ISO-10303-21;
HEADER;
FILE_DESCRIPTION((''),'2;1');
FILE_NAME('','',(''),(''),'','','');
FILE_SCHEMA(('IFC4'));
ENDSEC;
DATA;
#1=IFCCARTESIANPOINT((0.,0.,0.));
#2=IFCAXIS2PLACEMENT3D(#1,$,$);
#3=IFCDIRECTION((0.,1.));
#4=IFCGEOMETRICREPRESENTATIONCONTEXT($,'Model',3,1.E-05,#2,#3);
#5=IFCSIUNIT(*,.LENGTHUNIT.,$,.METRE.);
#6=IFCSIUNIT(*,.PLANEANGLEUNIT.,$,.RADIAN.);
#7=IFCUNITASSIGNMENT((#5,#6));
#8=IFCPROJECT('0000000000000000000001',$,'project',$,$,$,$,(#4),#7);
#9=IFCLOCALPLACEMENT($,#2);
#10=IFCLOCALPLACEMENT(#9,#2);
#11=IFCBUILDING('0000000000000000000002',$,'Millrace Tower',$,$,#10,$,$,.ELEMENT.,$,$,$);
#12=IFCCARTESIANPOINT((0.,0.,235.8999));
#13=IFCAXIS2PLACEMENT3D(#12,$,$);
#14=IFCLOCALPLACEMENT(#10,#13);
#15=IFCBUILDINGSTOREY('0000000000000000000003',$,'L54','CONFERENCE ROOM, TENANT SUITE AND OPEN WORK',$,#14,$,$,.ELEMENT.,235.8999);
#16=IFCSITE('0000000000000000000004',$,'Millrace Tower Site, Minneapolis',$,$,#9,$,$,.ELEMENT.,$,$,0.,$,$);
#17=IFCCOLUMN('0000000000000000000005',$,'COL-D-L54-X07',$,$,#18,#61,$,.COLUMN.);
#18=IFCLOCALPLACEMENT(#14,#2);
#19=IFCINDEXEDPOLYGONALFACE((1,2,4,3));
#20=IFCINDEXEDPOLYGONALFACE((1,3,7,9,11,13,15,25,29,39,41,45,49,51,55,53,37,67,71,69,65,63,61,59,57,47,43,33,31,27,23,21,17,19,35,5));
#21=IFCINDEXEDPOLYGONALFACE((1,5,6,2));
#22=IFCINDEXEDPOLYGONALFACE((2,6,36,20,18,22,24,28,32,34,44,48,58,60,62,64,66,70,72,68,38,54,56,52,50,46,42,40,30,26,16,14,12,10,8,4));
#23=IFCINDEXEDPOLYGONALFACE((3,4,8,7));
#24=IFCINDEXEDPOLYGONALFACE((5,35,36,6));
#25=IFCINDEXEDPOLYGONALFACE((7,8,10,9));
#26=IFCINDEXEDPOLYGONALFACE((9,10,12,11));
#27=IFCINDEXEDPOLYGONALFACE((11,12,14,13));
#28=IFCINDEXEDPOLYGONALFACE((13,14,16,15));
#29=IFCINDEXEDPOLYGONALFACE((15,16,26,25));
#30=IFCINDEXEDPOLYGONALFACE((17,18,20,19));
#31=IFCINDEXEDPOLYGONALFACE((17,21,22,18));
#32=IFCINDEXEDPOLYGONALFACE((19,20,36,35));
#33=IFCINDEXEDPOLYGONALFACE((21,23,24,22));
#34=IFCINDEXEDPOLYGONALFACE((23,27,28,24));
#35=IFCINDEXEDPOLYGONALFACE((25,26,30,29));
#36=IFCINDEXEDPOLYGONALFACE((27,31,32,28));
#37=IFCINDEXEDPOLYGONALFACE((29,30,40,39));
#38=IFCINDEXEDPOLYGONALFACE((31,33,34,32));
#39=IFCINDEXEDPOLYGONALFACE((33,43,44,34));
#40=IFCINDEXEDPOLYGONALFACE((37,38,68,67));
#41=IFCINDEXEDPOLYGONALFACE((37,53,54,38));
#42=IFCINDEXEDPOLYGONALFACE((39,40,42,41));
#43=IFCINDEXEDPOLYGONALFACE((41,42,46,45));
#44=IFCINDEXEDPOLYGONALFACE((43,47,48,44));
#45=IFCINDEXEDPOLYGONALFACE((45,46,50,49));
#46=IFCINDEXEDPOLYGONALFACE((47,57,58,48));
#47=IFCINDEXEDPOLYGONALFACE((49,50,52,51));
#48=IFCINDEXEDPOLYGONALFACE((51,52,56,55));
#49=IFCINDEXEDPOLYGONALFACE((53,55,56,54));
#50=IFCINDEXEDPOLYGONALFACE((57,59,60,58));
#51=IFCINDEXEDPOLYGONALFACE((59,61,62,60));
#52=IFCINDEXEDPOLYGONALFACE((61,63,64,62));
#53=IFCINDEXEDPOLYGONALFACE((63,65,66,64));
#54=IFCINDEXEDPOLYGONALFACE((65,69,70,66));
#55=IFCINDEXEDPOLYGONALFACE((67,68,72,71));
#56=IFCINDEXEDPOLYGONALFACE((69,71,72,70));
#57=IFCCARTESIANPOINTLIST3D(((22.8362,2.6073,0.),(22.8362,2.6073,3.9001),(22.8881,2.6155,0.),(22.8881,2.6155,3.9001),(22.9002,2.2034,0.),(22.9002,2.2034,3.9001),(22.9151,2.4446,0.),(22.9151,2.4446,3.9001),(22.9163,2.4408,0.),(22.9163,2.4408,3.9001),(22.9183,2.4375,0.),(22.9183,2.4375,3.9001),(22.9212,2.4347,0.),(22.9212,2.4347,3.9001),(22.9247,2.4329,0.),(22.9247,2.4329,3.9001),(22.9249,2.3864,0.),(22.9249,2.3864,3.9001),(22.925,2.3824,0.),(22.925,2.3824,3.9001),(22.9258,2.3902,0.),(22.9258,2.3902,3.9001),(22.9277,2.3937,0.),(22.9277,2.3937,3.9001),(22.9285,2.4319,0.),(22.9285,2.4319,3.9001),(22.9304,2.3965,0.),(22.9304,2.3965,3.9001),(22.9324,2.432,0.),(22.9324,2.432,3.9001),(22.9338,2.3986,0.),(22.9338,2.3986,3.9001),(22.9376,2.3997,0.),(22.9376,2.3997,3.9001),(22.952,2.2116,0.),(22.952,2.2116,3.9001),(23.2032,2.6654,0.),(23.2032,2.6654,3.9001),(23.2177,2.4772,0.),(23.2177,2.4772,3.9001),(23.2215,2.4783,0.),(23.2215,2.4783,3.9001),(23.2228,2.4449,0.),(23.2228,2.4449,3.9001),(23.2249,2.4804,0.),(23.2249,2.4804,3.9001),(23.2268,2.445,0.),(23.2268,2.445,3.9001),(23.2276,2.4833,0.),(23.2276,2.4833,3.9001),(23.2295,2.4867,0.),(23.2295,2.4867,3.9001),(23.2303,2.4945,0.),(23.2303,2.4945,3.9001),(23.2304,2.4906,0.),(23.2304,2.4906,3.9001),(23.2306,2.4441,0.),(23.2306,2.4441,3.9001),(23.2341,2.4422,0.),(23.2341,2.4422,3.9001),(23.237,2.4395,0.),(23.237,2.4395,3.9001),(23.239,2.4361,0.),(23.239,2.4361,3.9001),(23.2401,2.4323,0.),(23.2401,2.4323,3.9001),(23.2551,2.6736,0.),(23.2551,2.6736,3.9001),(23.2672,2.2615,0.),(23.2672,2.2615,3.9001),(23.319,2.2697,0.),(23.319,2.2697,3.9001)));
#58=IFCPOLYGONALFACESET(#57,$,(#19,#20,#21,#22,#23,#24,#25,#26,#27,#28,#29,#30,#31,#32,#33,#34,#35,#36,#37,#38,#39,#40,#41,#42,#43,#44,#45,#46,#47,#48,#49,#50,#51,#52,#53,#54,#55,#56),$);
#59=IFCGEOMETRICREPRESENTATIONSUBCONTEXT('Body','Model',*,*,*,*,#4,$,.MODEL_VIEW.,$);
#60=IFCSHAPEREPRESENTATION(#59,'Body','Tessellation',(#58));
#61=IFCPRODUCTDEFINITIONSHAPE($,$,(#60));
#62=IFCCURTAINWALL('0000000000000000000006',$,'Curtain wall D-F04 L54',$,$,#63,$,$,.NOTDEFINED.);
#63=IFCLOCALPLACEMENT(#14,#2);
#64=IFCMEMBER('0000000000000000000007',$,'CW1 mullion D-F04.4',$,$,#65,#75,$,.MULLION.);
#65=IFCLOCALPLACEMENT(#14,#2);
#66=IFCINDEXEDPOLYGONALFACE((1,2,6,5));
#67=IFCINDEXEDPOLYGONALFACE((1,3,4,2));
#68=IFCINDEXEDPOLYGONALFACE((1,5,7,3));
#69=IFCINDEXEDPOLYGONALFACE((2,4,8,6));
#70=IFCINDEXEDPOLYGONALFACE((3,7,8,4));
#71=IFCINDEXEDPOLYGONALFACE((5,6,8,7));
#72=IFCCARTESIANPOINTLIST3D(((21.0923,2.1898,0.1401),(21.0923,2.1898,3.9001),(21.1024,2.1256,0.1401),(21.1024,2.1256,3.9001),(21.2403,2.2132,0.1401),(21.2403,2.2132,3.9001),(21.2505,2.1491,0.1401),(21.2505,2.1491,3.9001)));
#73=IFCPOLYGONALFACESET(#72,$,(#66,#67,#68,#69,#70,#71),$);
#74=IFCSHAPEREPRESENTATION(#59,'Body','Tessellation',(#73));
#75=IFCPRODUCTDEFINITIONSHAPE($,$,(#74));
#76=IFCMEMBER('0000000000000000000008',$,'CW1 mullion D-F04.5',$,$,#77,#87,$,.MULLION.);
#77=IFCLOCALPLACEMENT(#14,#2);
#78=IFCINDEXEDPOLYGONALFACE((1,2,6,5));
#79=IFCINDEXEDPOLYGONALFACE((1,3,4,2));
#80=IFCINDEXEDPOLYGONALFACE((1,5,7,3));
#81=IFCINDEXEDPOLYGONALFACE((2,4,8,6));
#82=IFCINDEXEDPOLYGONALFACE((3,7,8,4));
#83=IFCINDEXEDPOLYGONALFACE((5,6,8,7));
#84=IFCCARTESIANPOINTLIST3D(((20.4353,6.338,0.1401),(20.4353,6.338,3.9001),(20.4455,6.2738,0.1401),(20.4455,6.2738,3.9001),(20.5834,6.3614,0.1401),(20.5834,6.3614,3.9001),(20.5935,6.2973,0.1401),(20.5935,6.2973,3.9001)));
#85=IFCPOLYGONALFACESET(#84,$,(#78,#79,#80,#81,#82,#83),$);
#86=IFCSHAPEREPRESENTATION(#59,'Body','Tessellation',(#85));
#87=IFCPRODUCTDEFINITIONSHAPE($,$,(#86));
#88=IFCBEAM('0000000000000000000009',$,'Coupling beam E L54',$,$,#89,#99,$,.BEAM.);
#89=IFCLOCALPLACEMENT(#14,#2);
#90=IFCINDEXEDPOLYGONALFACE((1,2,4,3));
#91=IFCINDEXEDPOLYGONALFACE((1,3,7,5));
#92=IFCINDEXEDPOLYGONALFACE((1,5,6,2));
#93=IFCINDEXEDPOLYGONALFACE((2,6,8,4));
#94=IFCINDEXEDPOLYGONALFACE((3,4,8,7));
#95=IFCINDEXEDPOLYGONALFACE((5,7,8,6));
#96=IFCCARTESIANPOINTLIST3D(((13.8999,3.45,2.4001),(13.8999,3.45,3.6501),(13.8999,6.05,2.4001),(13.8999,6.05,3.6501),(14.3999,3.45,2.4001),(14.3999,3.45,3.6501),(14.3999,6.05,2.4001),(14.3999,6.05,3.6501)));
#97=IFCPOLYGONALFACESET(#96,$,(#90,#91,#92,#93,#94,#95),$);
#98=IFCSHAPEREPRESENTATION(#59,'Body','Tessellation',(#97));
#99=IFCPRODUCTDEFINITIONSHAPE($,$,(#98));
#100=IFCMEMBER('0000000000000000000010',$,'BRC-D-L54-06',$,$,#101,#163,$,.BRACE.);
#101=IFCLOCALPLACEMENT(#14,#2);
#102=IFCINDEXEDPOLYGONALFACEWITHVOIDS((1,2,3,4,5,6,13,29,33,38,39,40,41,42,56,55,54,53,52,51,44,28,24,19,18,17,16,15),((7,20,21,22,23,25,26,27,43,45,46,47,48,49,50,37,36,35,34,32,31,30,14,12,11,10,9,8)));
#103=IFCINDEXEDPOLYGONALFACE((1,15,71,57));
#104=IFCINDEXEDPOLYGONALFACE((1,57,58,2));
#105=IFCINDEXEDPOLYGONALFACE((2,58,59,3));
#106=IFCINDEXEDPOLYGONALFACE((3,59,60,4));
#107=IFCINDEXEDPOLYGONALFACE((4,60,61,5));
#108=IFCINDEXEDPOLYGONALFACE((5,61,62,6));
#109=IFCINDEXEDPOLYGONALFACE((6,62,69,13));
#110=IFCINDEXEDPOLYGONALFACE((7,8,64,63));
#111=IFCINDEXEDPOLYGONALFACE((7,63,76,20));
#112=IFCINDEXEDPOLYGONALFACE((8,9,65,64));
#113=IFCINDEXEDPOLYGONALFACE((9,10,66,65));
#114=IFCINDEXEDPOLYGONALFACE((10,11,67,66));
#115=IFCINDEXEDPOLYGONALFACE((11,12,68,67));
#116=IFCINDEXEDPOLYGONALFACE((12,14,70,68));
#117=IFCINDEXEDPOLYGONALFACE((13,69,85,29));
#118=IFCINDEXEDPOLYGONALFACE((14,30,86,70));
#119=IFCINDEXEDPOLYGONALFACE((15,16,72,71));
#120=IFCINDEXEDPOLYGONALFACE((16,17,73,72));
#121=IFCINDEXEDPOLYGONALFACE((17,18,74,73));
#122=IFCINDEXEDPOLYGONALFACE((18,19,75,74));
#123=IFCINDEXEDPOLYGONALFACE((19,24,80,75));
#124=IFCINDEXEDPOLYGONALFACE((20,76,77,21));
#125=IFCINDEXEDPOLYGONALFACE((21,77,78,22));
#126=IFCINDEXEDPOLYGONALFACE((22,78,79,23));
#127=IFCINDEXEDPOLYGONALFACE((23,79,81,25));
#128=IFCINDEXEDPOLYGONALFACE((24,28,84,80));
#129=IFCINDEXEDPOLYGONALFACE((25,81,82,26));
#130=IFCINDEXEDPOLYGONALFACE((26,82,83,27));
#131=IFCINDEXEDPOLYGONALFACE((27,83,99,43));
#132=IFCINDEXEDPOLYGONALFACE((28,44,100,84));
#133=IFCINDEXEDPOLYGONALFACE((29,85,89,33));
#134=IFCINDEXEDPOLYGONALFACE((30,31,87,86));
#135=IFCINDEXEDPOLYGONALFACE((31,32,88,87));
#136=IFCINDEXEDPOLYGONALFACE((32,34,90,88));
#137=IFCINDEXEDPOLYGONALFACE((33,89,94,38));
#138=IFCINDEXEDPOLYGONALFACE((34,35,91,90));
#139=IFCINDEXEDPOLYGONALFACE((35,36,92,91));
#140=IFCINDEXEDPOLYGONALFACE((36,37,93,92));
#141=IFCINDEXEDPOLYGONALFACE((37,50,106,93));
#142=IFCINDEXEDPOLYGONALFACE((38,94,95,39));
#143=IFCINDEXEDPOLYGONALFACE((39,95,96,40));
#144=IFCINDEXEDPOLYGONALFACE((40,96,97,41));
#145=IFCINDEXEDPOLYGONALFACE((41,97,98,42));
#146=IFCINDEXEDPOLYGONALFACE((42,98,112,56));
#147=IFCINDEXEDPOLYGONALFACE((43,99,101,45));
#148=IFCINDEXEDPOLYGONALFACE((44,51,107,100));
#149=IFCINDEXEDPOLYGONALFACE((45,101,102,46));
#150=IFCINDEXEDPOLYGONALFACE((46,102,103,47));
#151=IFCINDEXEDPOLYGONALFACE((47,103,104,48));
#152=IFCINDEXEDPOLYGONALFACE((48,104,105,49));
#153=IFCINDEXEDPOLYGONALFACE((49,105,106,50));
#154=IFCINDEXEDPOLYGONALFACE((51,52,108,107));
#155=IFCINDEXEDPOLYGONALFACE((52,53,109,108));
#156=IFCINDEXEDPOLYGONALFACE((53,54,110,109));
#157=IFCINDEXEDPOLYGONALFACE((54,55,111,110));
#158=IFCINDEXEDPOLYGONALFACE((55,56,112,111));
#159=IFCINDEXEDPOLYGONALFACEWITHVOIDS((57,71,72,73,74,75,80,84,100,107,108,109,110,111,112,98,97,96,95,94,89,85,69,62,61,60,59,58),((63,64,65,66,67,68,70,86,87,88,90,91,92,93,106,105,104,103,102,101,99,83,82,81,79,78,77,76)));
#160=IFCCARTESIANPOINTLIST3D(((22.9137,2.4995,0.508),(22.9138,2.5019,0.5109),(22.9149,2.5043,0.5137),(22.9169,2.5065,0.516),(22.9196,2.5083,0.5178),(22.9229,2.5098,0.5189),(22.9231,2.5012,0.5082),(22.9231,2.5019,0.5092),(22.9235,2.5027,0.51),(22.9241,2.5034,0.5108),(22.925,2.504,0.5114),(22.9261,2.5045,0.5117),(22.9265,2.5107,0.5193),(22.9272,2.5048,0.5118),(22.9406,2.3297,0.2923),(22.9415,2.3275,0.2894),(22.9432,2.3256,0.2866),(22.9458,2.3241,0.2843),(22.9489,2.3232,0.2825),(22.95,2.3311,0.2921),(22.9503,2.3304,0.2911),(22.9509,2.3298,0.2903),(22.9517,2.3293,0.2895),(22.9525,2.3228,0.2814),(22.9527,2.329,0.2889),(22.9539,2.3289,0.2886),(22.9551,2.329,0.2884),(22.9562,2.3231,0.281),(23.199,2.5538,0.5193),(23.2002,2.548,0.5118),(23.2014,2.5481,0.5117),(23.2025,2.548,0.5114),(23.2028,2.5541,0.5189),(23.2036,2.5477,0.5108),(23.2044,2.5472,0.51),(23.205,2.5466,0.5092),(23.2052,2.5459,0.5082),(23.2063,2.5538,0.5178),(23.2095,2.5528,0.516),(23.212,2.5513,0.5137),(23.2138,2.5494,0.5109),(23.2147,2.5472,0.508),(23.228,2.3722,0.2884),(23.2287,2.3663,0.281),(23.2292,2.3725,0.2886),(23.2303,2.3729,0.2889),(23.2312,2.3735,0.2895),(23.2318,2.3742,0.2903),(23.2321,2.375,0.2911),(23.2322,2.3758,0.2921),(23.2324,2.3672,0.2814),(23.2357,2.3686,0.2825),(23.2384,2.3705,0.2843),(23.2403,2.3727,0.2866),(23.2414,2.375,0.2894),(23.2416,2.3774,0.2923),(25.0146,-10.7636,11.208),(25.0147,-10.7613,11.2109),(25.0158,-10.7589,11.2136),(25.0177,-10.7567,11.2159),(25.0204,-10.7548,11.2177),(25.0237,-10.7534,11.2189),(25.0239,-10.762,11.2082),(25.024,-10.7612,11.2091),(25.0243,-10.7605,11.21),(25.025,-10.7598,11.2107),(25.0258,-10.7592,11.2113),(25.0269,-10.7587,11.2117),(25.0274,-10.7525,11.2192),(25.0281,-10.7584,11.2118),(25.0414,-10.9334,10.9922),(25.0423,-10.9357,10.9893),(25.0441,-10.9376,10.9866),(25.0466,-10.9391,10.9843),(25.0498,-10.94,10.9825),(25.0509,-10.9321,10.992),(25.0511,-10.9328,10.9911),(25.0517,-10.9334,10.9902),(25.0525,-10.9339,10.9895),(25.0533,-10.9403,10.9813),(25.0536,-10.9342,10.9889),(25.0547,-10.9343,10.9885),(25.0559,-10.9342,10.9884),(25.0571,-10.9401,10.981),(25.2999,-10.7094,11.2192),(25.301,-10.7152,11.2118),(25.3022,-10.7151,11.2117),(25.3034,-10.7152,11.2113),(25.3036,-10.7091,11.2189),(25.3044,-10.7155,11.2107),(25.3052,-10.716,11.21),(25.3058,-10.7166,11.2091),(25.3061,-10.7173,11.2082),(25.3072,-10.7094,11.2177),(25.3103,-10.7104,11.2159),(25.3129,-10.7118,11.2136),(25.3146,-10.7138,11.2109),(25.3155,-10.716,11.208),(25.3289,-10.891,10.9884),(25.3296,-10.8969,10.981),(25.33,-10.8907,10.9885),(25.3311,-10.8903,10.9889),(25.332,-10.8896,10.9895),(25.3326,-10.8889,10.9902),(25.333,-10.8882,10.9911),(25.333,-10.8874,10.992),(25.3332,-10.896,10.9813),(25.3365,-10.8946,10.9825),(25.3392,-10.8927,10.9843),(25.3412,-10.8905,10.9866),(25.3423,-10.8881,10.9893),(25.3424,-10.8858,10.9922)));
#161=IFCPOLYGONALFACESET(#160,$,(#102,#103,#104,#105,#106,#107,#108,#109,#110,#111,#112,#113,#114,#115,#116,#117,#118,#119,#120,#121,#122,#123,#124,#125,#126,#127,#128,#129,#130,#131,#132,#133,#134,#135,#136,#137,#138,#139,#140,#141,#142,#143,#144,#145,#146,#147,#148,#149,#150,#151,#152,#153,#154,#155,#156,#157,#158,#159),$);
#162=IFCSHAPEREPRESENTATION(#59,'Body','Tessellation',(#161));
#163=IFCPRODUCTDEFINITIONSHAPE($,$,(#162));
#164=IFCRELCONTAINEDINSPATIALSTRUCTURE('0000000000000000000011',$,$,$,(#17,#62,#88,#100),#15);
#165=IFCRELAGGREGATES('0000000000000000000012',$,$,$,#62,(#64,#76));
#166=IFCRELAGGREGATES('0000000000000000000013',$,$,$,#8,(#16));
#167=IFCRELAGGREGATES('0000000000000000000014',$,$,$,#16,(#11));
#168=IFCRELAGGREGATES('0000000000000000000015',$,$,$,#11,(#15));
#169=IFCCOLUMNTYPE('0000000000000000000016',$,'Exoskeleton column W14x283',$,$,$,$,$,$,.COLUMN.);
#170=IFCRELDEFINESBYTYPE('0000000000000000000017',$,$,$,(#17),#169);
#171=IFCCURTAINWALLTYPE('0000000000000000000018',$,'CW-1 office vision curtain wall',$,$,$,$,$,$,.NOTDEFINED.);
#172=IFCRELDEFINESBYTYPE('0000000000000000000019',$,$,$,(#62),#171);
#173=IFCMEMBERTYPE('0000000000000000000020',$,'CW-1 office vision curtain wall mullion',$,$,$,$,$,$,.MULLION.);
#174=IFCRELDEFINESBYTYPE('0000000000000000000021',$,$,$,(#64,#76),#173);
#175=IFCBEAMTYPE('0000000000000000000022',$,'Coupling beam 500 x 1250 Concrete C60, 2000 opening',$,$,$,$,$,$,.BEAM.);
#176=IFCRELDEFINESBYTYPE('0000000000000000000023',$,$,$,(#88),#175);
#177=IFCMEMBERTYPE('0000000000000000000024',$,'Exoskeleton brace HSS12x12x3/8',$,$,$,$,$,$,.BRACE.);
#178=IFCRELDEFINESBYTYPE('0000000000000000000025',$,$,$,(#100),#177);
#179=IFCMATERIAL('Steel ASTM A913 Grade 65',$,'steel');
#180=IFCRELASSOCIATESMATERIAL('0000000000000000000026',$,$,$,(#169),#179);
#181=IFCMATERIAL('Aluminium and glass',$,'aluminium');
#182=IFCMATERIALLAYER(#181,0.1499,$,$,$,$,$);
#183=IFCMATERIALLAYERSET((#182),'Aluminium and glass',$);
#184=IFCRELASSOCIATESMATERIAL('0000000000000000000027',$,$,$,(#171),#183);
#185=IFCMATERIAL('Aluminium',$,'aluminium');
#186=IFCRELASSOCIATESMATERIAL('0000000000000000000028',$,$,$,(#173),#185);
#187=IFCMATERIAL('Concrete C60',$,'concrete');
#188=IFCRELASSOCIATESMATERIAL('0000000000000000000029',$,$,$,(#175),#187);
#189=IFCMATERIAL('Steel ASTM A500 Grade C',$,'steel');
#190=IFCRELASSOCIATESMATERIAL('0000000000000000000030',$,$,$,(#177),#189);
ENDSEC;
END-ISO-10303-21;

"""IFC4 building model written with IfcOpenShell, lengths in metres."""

from ifc_helpers import new_model, si_unit, direction, frame, origin, origin_2d, place, context, subcontext, project, spatial, rectangle, hollow_rectangle, i_section, extrude, material, layer, layer_set, material_profile, profile_set, type_object, element, aggregate, save


model = new_model("IFC4")

# Units and contexts
model_context = context("Model", 3, precision=1e-05, world=origin(), true_north=direction((0.0, 1.0)))
body_context = subcontext(model_context, "Body", "Model", "MODEL_VIEW")
ifc_project = project(units=[si_unit("LENGTHUNIT", "METRE"), si_unit("PLANEANGLEUNIT", "RADIAN")], contexts=[model_context])

# Site, building, storey
site_placement = place(None, origin())
site = spatial("IfcSite", under=ifc_project, at=site_placement, Name="Millrace Tower Site, Minneapolis", CompositionType="ELEMENT", RefElevation=0.0)
building_placement = place(site_placement, origin())
building = spatial("IfcBuilding", under=site, at=building_placement, Name="Millrace Tower", CompositionType="ELEMENT")
storey_placement = place(building_placement, frame((0.0, 0.0, 235.8999)))
storey = spatial("IfcBuildingStorey", under=building, at=storey_placement, Name="L54", Description="CONFERENCE ROOM, TENANT SUITE AND OPEN WORK", CompositionType="ELEMENT", Elevation=235.8999)

# Column
ifc_material_1 = material(Name="Steel ASTM A913 Grade 65", Category="steel")
ifc_material_profile_1 = material_profile(ifc_material_1, i_section(OverallWidth=0.4089, OverallDepth=0.4241, WebThickness=0.0327, FlangeThickness=0.0525, FilletRadius=0.0151, at=origin_2d()))
ifc_profile_set_1 = profile_set([ifc_material_profile_1], Name="Steel ASTM A913 Grade 65")
column_type = type_object("IfcColumnType", Name="Exoskeleton column W14x283", PredefinedType="COLUMN", material=ifc_profile_set_1)
column_placement = place(storey_placement, frame((23.0776, 2.4385, 0.0), z_axis=(0.0, 0.0, 1.0), x_axis=(-0.156434, 0.987688, 0.0)))
element("IfcColumn", 1, at=column_placement, inside=storey, type_object=column_type, Name="COL-D-L54-X07", PredefinedType="COLUMN", context=body_context, shape_type="SweptSolid", body=[
    extrude(i_section(OverallWidth=0.4089, OverallDepth=0.4241, WebThickness=0.0327, FlangeThickness=0.0525, FilletRadius=0.0151, at=origin_2d()), origin(), (0.0, 0.0, 1.0), 3.9001),
])

# Curtain wall, members
ifc_material_2 = material(Name="Aluminium and glass", Category="aluminium")
ifc_layer_1 = layer(ifc_material_2, 0.1499)
ifc_layer_set_1 = layer_set([ifc_layer_1], Name="Aluminium and glass")
curtain_wall_type = type_object("IfcCurtainWallType", Name="CW-1 office vision curtain wall", PredefinedType="NOTDEFINED", material=ifc_layer_set_1)
curtain_wall_placement = place(storey_placement, origin())
curtain_wall = element("IfcCurtainWall", 2, at=curtain_wall_placement, inside=storey, type_object=curtain_wall_type, Name="Curtain wall D-F04 L54", PredefinedType="NOTDEFINED")
ifc_material_3 = material(Name="Aluminium", Category="aluminium")
ifc_material_profile_2 = material_profile(ifc_material_3, rectangle(XDim=0.0649, YDim=0.1499, at=origin_2d()))
ifc_profile_set_2 = profile_set([ifc_material_profile_2], Name="Aluminium")
member_type_1 = type_object("IfcMemberType", Name="CW-1 office vision curtain wall mullion", PredefinedType="MULLION", material=ifc_profile_set_2)
member_1_placement = place(storey_placement, frame((21.1714, 2.1694, 0.1401), z_axis=(0.0, 0.0, 1.0), x_axis=(-0.156434, 0.987688, 0.0)))
member_1 = element("IfcMember", 3, at=member_1_placement, type_object=member_type_1, Name="CW1 mullion D-F04.4", PredefinedType="MULLION", context=body_context, shape_type="SweptSolid", body=[
    extrude(rectangle(XDim=0.0649, YDim=0.1499, at=origin_2d()), origin(), (0.0, 0.0, 1.0), 3.76),
])
member_2_placement = place(storey_placement, frame((20.5144, 6.3176, 0.1401), z_axis=(0.0, 0.0, 1.0), x_axis=(-0.156434, 0.987688, 0.0)))
member_2 = element("IfcMember", 4, at=member_2_placement, type_object=member_type_1, Name="CW1 mullion D-F04.5", PredefinedType="MULLION", context=body_context, shape_type="SweptSolid", body=[
    extrude(rectangle(XDim=0.0649, YDim=0.1499, at=origin_2d()), origin(), (0.0, 0.0, 1.0), 3.76),
])
aggregate(curtain_wall, [member_1, member_2])

# Beam
ifc_material_4 = material(Name="Concrete C60", Category="concrete")
ifc_material_profile_3 = material_profile(ifc_material_4, rectangle(XDim=0.5, YDim=1.25, at=origin_2d()))
ifc_profile_set_3 = profile_set([ifc_material_profile_3], Name="Concrete C60")
beam_type_1 = type_object("IfcBeamType", Name="Coupling beam 500 x 1250 Concrete C60, 2000 opening", PredefinedType="BEAM", material=ifc_profile_set_3)
beam_1_placement = place(storey_placement, frame((14.1499, 6.05, 3.0251), z_axis=(0.0, -1.0, 0.0), x_axis=(1.0, 0.0, 0.0)))
element("IfcBeam", 5, at=beam_1_placement, inside=storey, type_object=beam_type_1, Name="Coupling beam E L54", PredefinedType="BEAM", context=body_context, shape_type="SweptSolid", body=[
    extrude(rectangle(XDim=0.5, YDim=1.25, at=origin_2d()), origin(), (0.0, 0.0, 1.0), 2.6001),
])

# Member
ifc_material_5 = material(Name="Steel ASTM A500 Grade C", Category="steel")
ifc_material_profile_4 = material_profile(ifc_material_5, hollow_rectangle(XDim=0.3047, YDim=0.3047, WallThickness=0.0095, InnerFilletRadius=0.0046, OuterFilletRadius=0.0144, at=origin_2d()))
ifc_profile_set_4 = profile_set([ifc_material_profile_4], Name="Steel ASTM A500 Grade C")
member_type_2 = type_object("IfcMemberType", Name="Exoskeleton brace HSS12x12x3/8", PredefinedType="BRACE", material=ifc_profile_set_4)
member_3_placement = place(storey_placement, frame((23.0776, 2.4385, 0.4001), z_axis=(0.122354, -0.772455, 0.623171), x_axis=(0.987687, 0.156445, 0.0)))
element("IfcMember", 6, at=member_3_placement, inside=storey, type_object=member_type_2, Name="BRC-D-L54-06", PredefinedType="BRACE", context=body_context, shape_type="SweptSolid", body=[
    extrude(hollow_rectangle(XDim=0.3047, YDim=0.3047, WallThickness=0.0095, InnerFilletRadius=0.0046, OuterFilletRadius=0.0144, at=origin_2d()), origin(), (0.0, 0.0, 1.0), 17.1702),
])

save(model, "model.ifc")
